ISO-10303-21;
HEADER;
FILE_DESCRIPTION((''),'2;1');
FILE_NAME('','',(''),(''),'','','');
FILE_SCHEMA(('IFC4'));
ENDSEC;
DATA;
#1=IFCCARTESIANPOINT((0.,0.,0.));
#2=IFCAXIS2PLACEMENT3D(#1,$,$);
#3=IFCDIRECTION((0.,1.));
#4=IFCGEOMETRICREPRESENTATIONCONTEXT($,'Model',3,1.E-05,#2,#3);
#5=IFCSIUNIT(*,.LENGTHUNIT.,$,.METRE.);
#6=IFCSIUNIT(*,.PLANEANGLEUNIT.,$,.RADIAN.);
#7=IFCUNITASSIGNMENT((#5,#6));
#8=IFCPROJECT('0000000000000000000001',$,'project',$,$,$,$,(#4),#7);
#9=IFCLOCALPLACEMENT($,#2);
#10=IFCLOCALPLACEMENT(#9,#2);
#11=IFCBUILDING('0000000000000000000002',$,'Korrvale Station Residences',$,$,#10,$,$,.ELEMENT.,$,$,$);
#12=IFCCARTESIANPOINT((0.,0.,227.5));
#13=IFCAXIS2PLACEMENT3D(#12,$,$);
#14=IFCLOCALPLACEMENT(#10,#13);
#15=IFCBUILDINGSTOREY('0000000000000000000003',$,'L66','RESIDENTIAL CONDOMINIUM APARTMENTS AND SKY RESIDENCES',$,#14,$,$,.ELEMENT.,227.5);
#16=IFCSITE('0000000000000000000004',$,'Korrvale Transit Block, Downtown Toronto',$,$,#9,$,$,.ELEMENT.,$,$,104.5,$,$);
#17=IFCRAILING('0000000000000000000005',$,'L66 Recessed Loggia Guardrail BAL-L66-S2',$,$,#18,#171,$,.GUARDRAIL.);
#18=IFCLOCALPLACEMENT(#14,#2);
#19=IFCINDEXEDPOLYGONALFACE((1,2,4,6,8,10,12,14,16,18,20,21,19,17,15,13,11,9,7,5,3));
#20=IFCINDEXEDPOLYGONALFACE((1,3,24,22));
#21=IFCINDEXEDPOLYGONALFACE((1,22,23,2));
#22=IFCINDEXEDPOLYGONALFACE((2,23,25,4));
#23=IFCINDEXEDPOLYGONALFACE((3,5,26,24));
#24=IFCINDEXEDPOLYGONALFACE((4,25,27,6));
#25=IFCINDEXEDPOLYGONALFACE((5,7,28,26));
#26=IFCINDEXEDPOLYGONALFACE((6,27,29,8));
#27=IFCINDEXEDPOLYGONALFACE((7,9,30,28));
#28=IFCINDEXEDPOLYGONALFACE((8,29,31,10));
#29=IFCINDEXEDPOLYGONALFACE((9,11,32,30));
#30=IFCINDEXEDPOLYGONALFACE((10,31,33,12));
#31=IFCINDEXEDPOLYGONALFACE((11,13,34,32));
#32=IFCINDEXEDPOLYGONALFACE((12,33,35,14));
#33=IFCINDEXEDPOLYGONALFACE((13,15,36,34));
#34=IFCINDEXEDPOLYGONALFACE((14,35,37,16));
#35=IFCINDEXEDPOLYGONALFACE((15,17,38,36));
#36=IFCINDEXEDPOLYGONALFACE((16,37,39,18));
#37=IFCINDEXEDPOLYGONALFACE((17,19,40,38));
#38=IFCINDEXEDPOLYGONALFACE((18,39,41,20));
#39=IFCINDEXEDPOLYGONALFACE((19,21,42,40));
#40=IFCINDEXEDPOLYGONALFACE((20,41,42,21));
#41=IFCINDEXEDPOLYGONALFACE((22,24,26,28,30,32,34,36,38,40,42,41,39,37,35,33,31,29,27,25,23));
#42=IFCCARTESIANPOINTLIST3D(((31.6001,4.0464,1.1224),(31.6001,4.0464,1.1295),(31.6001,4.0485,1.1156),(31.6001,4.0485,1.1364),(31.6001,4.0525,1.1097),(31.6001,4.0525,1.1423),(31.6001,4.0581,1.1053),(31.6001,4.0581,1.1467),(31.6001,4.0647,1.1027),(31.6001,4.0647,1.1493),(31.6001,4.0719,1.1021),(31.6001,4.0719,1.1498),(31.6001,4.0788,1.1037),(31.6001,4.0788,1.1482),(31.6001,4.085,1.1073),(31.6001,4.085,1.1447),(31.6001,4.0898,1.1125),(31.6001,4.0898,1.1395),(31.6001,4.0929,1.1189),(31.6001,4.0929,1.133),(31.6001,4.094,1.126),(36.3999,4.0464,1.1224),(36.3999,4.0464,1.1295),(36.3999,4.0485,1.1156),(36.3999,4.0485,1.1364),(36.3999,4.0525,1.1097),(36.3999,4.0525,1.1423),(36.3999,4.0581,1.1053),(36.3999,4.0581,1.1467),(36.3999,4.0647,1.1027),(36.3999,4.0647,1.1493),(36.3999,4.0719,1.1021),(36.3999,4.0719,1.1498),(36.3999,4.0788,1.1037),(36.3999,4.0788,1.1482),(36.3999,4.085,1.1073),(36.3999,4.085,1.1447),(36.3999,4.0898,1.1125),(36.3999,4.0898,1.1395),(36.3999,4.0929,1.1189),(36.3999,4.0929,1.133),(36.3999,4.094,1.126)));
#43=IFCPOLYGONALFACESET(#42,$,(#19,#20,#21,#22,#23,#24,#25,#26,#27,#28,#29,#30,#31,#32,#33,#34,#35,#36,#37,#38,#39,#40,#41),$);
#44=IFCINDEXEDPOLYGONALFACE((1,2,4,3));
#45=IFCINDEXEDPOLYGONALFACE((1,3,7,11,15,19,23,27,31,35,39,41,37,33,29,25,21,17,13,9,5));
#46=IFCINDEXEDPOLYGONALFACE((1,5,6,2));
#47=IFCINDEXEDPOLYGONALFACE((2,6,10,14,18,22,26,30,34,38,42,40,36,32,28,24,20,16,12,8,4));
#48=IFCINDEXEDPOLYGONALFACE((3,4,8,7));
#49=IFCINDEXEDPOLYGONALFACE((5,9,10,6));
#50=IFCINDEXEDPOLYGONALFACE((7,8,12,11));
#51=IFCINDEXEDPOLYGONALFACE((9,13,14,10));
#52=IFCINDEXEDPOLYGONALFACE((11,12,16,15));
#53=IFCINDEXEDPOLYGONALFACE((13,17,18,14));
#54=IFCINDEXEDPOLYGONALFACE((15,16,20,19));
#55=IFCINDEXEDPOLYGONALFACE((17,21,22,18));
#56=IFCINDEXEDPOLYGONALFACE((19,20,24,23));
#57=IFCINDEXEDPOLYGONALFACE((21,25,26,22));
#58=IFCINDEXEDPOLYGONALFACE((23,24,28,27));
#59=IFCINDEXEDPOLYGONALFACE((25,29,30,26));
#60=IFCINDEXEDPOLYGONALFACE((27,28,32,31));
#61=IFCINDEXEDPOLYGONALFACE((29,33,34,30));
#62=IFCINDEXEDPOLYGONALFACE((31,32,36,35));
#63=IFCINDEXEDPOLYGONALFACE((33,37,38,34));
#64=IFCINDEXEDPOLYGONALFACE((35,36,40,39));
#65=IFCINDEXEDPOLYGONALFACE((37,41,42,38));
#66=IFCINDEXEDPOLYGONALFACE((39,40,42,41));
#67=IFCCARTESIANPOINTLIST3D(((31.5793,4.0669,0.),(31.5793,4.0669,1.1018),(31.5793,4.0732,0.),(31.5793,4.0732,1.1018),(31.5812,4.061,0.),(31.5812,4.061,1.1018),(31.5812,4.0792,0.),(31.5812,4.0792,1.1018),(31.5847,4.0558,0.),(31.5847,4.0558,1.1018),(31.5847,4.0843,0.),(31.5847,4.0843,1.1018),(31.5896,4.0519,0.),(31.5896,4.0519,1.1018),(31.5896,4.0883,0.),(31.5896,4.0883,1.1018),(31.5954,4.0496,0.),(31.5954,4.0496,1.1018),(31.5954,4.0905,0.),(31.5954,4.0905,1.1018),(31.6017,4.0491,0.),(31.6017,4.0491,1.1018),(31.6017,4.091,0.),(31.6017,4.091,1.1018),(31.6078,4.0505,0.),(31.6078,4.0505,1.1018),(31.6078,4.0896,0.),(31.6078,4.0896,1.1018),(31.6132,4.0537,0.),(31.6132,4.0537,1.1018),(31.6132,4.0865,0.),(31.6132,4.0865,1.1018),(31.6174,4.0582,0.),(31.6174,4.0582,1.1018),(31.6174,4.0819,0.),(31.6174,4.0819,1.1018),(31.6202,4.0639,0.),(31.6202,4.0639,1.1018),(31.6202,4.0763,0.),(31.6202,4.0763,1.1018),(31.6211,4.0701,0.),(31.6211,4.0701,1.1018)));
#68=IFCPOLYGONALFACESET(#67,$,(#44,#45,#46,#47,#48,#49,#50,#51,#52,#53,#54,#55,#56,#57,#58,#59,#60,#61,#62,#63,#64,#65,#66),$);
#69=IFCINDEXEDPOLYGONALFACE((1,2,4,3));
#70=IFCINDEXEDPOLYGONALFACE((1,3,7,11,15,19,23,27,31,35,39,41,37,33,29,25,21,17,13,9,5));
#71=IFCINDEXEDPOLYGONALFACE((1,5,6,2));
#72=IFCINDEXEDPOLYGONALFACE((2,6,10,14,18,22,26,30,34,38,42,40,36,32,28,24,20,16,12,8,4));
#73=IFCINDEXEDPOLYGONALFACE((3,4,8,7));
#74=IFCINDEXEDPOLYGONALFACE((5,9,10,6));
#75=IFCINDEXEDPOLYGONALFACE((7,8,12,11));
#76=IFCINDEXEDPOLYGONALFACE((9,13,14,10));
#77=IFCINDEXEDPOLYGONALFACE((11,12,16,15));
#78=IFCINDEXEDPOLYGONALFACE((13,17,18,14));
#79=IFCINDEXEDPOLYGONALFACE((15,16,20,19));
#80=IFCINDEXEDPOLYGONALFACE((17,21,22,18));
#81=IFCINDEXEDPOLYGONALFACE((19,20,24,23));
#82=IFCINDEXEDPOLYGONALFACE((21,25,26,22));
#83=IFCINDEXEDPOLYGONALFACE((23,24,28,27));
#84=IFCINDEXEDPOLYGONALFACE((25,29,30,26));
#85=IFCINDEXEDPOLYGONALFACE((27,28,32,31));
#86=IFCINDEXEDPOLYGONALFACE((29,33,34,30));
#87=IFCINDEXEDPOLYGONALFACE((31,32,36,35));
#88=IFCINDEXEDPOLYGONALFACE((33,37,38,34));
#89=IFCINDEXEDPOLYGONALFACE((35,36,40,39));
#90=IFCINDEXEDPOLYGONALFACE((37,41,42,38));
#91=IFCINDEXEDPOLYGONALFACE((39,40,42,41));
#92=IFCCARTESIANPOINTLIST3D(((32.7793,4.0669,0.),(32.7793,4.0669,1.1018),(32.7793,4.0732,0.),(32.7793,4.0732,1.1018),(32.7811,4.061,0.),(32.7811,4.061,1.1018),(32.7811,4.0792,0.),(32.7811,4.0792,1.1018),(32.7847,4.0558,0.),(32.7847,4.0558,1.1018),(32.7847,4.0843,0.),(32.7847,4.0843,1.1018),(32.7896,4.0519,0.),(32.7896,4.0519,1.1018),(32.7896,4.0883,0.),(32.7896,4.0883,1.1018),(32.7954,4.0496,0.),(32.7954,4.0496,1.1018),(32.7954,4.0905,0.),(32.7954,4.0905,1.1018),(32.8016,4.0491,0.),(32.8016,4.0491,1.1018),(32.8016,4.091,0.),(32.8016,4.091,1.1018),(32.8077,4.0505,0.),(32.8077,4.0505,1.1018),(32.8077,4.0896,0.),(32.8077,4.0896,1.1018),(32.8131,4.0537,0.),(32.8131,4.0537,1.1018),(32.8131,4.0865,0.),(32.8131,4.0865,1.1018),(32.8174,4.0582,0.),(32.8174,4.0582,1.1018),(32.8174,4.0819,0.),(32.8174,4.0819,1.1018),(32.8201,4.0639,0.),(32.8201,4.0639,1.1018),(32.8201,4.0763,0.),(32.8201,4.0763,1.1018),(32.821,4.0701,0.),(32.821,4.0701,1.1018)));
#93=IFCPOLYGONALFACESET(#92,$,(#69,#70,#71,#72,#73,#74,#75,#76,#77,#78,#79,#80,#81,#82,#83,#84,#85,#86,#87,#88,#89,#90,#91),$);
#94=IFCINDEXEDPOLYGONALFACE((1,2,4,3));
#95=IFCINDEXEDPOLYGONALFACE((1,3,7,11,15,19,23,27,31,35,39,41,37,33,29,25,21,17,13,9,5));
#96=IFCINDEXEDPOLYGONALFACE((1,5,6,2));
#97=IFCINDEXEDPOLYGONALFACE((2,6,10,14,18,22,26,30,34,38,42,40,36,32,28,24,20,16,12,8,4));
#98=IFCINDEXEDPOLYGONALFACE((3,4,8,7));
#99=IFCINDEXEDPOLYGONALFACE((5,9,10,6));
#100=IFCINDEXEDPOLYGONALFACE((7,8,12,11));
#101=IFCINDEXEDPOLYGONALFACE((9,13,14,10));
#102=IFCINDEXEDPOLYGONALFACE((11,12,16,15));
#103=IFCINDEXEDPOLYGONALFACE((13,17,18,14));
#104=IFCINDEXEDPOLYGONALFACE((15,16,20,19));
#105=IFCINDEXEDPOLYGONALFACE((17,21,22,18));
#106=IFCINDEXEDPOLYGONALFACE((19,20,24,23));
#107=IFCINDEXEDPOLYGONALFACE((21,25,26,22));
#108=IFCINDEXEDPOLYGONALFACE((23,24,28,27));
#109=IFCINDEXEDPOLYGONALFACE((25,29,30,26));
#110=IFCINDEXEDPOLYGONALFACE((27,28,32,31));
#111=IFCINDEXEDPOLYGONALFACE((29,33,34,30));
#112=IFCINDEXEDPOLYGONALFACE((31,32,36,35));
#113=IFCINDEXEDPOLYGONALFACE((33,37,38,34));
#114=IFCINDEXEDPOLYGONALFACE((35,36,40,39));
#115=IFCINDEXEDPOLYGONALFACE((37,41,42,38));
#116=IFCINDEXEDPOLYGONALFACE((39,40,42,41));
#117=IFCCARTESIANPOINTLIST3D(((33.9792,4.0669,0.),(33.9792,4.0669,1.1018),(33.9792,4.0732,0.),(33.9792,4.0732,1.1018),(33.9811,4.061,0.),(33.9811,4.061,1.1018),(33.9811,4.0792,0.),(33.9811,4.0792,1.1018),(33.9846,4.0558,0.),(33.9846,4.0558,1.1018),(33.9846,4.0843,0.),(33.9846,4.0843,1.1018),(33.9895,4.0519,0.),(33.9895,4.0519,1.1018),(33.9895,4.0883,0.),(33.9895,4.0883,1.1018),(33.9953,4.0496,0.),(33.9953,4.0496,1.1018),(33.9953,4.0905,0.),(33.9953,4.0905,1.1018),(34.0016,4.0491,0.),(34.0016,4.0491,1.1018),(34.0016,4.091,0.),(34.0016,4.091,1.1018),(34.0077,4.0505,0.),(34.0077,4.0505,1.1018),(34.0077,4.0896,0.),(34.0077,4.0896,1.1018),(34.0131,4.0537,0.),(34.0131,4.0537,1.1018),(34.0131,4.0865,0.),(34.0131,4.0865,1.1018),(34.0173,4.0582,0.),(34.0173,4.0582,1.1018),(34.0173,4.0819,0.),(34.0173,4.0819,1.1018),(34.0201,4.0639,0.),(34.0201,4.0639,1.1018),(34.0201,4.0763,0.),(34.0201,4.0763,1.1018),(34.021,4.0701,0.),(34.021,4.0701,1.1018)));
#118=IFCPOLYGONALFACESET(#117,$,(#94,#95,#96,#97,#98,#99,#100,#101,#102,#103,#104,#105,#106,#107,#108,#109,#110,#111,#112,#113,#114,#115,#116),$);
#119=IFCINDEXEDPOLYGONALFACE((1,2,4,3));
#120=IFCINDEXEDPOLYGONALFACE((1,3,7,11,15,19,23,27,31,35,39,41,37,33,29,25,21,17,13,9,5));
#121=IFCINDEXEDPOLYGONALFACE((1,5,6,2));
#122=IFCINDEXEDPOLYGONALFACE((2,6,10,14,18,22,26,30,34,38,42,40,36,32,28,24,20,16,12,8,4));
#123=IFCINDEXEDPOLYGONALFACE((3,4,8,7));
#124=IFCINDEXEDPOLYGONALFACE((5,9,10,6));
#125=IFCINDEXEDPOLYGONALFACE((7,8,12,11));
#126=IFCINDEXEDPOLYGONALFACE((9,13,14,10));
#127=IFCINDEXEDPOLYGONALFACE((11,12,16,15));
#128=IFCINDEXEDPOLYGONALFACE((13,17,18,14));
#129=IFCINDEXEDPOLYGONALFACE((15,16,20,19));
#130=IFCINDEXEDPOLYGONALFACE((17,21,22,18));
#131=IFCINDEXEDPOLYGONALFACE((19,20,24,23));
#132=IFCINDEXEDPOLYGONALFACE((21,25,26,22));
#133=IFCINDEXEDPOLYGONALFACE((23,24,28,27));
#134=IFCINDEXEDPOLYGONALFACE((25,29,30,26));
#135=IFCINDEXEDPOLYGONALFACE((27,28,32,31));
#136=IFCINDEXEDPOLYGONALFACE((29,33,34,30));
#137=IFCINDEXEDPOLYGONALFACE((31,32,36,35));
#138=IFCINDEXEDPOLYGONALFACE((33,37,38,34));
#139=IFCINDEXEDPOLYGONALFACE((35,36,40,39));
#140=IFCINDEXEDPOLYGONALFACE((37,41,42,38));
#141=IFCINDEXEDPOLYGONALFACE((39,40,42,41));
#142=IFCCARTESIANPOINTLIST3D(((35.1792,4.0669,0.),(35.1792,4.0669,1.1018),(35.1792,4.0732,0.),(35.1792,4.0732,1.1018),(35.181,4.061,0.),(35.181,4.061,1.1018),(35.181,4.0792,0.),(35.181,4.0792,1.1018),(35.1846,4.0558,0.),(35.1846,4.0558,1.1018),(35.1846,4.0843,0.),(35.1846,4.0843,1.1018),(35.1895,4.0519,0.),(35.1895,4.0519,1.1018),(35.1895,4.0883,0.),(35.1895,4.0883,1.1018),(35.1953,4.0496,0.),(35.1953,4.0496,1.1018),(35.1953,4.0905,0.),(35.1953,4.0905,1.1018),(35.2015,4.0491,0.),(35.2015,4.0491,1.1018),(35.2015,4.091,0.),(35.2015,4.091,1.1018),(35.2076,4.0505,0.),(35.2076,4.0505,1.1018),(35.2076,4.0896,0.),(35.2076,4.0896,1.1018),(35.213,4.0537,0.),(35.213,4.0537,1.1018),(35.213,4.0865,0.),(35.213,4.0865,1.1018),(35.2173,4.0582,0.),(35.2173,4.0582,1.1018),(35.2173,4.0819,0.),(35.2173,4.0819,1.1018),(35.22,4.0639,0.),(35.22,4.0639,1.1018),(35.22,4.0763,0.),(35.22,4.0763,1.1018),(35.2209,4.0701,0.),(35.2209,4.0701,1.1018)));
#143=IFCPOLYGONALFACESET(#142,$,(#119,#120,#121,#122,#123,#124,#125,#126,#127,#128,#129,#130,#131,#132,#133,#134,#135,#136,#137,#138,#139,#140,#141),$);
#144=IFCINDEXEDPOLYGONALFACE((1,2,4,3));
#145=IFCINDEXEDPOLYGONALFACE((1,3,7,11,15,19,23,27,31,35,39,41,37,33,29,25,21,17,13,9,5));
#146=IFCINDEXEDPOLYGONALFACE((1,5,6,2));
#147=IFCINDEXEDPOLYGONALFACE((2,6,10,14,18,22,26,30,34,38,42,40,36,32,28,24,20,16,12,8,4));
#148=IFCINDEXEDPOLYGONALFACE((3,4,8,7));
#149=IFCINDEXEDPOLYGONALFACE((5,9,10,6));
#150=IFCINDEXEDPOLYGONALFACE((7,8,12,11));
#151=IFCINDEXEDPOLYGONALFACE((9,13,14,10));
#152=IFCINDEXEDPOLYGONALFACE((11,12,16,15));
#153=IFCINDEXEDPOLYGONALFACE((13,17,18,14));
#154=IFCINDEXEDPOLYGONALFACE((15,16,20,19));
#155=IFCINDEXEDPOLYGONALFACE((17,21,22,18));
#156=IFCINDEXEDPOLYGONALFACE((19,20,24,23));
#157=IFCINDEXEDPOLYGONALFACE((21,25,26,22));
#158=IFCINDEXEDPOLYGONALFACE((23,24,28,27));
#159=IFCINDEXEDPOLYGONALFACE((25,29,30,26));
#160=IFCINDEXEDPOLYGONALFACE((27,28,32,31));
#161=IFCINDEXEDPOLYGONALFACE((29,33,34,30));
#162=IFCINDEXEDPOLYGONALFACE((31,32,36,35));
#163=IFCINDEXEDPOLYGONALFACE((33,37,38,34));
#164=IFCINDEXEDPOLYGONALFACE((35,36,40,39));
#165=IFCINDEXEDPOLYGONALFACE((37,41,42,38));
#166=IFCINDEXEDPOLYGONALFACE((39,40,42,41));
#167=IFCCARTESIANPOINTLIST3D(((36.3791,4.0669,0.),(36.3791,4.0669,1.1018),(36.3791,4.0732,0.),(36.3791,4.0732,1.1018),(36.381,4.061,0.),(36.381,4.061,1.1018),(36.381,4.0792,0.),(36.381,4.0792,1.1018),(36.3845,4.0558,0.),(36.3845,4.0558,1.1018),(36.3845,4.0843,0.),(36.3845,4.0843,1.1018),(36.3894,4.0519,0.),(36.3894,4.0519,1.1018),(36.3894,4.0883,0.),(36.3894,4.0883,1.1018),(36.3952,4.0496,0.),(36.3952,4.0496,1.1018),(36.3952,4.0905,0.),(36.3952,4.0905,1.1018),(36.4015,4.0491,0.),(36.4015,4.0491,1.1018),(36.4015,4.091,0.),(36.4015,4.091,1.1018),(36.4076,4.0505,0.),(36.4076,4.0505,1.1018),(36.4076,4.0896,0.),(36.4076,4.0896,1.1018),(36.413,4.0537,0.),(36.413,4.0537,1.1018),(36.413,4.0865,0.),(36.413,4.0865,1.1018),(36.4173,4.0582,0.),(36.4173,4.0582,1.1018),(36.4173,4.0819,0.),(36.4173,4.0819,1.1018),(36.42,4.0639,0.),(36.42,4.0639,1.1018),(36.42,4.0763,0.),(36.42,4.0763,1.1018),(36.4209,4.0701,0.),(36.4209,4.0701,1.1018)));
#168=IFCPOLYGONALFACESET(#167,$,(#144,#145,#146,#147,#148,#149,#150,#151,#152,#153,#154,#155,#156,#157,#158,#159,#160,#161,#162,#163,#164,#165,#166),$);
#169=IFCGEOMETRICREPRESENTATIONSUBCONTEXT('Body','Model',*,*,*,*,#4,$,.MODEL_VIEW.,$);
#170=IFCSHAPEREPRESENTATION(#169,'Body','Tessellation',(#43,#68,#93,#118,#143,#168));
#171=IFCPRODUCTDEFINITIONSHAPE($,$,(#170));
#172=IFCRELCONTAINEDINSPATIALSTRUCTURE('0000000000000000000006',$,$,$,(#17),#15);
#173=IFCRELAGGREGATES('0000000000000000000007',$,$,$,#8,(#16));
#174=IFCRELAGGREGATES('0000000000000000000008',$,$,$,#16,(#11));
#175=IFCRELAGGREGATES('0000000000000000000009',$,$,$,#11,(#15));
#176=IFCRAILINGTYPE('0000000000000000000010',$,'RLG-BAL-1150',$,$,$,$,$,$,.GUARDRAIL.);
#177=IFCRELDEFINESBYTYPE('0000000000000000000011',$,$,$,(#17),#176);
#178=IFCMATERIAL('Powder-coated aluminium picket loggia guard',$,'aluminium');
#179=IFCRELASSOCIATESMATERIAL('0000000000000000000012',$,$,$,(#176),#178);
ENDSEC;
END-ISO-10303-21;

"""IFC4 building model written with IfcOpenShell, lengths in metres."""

from ifc_helpers import new_model, si_unit, direction, frame, origin, origin_2d, place, context, subcontext, project, spatial, circle, extrude, material, type_object, element, save


model = new_model("IFC4")

# Units and contexts
model_context = context("Model", 3, precision=1e-05, world=origin(), true_north=direction((0.0, 1.0)))
body_context = subcontext(model_context, "Body", "Model", "MODEL_VIEW")
ifc_project = project(units=[si_unit("LENGTHUNIT", "METRE"), si_unit("PLANEANGLEUNIT", "RADIAN")], contexts=[model_context])

# Site, building, storey
site_placement = place(None, origin())
site = spatial("IfcSite", under=ifc_project, at=site_placement, Name="Korrvale Transit Block, Downtown Toronto", CompositionType="ELEMENT", RefElevation=104.5)
building_placement = place(site_placement, origin())
building = spatial("IfcBuilding", under=site, at=building_placement, Name="Korrvale Station Residences", CompositionType="ELEMENT")
storey_placement = place(building_placement, frame((0.0, 0.0, 227.5)))
storey = spatial("IfcBuildingStorey", under=building, at=storey_placement, Name="L66", Description="RESIDENTIAL CONDOMINIUM APARTMENTS AND SKY RESIDENCES", CompositionType="ELEMENT", Elevation=227.5)

# Railing
ifc_material_1 = material(Name="Powder-coated aluminium picket loggia guard", Category="aluminium")
railing_type = type_object("IfcRailingType", Name="RLG-BAL-1150", PredefinedType="GUARDRAIL", material=ifc_material_1)
railing_placement = place(storey_placement, frame((31.6001, 4.0701, 0.0)))
element("IfcRailing", 1, at=railing_placement, inside=storey, type_object=railing_type, Name="L66 Recessed Loggia Guardrail BAL-L66-S2", PredefinedType="GUARDRAIL", context=body_context, shape_type="SweptSolid", body=[
    extrude(circle(Radius=0.0239, at=origin_2d()), frame((0.0, 0.0, 1.126), z_axis=(1.0, 0.0, 0.0), x_axis=(0.0, 1.0, 0.0)), (0.0, 0.0, 1.0), 4.7998),
    extrude(circle(Radius=0.021, at=origin_2d()), origin(), (0.0, 0.0, 1.0), 1.1018),
    extrude(circle(Radius=0.021, at=origin_2d()), frame((1.2, 0.0, 0.0)), (0.0, 0.0, 1.0), 1.1018),
    extrude(circle(Radius=0.021, at=origin_2d()), frame((2.3999, 0.0, 0.0)), (0.0, 0.0, 1.0), 1.1018),
    extrude(circle(Radius=0.021, at=origin_2d()), frame((3.5999, 0.0, 0.0)), (0.0, 0.0, 1.0), 1.1018),
    extrude(circle(Radius=0.021, at=origin_2d()), frame((4.7998, 0.0, 0.0)), (0.0, 0.0, 1.0), 1.1018),
])

save(model, "model.ifc")
